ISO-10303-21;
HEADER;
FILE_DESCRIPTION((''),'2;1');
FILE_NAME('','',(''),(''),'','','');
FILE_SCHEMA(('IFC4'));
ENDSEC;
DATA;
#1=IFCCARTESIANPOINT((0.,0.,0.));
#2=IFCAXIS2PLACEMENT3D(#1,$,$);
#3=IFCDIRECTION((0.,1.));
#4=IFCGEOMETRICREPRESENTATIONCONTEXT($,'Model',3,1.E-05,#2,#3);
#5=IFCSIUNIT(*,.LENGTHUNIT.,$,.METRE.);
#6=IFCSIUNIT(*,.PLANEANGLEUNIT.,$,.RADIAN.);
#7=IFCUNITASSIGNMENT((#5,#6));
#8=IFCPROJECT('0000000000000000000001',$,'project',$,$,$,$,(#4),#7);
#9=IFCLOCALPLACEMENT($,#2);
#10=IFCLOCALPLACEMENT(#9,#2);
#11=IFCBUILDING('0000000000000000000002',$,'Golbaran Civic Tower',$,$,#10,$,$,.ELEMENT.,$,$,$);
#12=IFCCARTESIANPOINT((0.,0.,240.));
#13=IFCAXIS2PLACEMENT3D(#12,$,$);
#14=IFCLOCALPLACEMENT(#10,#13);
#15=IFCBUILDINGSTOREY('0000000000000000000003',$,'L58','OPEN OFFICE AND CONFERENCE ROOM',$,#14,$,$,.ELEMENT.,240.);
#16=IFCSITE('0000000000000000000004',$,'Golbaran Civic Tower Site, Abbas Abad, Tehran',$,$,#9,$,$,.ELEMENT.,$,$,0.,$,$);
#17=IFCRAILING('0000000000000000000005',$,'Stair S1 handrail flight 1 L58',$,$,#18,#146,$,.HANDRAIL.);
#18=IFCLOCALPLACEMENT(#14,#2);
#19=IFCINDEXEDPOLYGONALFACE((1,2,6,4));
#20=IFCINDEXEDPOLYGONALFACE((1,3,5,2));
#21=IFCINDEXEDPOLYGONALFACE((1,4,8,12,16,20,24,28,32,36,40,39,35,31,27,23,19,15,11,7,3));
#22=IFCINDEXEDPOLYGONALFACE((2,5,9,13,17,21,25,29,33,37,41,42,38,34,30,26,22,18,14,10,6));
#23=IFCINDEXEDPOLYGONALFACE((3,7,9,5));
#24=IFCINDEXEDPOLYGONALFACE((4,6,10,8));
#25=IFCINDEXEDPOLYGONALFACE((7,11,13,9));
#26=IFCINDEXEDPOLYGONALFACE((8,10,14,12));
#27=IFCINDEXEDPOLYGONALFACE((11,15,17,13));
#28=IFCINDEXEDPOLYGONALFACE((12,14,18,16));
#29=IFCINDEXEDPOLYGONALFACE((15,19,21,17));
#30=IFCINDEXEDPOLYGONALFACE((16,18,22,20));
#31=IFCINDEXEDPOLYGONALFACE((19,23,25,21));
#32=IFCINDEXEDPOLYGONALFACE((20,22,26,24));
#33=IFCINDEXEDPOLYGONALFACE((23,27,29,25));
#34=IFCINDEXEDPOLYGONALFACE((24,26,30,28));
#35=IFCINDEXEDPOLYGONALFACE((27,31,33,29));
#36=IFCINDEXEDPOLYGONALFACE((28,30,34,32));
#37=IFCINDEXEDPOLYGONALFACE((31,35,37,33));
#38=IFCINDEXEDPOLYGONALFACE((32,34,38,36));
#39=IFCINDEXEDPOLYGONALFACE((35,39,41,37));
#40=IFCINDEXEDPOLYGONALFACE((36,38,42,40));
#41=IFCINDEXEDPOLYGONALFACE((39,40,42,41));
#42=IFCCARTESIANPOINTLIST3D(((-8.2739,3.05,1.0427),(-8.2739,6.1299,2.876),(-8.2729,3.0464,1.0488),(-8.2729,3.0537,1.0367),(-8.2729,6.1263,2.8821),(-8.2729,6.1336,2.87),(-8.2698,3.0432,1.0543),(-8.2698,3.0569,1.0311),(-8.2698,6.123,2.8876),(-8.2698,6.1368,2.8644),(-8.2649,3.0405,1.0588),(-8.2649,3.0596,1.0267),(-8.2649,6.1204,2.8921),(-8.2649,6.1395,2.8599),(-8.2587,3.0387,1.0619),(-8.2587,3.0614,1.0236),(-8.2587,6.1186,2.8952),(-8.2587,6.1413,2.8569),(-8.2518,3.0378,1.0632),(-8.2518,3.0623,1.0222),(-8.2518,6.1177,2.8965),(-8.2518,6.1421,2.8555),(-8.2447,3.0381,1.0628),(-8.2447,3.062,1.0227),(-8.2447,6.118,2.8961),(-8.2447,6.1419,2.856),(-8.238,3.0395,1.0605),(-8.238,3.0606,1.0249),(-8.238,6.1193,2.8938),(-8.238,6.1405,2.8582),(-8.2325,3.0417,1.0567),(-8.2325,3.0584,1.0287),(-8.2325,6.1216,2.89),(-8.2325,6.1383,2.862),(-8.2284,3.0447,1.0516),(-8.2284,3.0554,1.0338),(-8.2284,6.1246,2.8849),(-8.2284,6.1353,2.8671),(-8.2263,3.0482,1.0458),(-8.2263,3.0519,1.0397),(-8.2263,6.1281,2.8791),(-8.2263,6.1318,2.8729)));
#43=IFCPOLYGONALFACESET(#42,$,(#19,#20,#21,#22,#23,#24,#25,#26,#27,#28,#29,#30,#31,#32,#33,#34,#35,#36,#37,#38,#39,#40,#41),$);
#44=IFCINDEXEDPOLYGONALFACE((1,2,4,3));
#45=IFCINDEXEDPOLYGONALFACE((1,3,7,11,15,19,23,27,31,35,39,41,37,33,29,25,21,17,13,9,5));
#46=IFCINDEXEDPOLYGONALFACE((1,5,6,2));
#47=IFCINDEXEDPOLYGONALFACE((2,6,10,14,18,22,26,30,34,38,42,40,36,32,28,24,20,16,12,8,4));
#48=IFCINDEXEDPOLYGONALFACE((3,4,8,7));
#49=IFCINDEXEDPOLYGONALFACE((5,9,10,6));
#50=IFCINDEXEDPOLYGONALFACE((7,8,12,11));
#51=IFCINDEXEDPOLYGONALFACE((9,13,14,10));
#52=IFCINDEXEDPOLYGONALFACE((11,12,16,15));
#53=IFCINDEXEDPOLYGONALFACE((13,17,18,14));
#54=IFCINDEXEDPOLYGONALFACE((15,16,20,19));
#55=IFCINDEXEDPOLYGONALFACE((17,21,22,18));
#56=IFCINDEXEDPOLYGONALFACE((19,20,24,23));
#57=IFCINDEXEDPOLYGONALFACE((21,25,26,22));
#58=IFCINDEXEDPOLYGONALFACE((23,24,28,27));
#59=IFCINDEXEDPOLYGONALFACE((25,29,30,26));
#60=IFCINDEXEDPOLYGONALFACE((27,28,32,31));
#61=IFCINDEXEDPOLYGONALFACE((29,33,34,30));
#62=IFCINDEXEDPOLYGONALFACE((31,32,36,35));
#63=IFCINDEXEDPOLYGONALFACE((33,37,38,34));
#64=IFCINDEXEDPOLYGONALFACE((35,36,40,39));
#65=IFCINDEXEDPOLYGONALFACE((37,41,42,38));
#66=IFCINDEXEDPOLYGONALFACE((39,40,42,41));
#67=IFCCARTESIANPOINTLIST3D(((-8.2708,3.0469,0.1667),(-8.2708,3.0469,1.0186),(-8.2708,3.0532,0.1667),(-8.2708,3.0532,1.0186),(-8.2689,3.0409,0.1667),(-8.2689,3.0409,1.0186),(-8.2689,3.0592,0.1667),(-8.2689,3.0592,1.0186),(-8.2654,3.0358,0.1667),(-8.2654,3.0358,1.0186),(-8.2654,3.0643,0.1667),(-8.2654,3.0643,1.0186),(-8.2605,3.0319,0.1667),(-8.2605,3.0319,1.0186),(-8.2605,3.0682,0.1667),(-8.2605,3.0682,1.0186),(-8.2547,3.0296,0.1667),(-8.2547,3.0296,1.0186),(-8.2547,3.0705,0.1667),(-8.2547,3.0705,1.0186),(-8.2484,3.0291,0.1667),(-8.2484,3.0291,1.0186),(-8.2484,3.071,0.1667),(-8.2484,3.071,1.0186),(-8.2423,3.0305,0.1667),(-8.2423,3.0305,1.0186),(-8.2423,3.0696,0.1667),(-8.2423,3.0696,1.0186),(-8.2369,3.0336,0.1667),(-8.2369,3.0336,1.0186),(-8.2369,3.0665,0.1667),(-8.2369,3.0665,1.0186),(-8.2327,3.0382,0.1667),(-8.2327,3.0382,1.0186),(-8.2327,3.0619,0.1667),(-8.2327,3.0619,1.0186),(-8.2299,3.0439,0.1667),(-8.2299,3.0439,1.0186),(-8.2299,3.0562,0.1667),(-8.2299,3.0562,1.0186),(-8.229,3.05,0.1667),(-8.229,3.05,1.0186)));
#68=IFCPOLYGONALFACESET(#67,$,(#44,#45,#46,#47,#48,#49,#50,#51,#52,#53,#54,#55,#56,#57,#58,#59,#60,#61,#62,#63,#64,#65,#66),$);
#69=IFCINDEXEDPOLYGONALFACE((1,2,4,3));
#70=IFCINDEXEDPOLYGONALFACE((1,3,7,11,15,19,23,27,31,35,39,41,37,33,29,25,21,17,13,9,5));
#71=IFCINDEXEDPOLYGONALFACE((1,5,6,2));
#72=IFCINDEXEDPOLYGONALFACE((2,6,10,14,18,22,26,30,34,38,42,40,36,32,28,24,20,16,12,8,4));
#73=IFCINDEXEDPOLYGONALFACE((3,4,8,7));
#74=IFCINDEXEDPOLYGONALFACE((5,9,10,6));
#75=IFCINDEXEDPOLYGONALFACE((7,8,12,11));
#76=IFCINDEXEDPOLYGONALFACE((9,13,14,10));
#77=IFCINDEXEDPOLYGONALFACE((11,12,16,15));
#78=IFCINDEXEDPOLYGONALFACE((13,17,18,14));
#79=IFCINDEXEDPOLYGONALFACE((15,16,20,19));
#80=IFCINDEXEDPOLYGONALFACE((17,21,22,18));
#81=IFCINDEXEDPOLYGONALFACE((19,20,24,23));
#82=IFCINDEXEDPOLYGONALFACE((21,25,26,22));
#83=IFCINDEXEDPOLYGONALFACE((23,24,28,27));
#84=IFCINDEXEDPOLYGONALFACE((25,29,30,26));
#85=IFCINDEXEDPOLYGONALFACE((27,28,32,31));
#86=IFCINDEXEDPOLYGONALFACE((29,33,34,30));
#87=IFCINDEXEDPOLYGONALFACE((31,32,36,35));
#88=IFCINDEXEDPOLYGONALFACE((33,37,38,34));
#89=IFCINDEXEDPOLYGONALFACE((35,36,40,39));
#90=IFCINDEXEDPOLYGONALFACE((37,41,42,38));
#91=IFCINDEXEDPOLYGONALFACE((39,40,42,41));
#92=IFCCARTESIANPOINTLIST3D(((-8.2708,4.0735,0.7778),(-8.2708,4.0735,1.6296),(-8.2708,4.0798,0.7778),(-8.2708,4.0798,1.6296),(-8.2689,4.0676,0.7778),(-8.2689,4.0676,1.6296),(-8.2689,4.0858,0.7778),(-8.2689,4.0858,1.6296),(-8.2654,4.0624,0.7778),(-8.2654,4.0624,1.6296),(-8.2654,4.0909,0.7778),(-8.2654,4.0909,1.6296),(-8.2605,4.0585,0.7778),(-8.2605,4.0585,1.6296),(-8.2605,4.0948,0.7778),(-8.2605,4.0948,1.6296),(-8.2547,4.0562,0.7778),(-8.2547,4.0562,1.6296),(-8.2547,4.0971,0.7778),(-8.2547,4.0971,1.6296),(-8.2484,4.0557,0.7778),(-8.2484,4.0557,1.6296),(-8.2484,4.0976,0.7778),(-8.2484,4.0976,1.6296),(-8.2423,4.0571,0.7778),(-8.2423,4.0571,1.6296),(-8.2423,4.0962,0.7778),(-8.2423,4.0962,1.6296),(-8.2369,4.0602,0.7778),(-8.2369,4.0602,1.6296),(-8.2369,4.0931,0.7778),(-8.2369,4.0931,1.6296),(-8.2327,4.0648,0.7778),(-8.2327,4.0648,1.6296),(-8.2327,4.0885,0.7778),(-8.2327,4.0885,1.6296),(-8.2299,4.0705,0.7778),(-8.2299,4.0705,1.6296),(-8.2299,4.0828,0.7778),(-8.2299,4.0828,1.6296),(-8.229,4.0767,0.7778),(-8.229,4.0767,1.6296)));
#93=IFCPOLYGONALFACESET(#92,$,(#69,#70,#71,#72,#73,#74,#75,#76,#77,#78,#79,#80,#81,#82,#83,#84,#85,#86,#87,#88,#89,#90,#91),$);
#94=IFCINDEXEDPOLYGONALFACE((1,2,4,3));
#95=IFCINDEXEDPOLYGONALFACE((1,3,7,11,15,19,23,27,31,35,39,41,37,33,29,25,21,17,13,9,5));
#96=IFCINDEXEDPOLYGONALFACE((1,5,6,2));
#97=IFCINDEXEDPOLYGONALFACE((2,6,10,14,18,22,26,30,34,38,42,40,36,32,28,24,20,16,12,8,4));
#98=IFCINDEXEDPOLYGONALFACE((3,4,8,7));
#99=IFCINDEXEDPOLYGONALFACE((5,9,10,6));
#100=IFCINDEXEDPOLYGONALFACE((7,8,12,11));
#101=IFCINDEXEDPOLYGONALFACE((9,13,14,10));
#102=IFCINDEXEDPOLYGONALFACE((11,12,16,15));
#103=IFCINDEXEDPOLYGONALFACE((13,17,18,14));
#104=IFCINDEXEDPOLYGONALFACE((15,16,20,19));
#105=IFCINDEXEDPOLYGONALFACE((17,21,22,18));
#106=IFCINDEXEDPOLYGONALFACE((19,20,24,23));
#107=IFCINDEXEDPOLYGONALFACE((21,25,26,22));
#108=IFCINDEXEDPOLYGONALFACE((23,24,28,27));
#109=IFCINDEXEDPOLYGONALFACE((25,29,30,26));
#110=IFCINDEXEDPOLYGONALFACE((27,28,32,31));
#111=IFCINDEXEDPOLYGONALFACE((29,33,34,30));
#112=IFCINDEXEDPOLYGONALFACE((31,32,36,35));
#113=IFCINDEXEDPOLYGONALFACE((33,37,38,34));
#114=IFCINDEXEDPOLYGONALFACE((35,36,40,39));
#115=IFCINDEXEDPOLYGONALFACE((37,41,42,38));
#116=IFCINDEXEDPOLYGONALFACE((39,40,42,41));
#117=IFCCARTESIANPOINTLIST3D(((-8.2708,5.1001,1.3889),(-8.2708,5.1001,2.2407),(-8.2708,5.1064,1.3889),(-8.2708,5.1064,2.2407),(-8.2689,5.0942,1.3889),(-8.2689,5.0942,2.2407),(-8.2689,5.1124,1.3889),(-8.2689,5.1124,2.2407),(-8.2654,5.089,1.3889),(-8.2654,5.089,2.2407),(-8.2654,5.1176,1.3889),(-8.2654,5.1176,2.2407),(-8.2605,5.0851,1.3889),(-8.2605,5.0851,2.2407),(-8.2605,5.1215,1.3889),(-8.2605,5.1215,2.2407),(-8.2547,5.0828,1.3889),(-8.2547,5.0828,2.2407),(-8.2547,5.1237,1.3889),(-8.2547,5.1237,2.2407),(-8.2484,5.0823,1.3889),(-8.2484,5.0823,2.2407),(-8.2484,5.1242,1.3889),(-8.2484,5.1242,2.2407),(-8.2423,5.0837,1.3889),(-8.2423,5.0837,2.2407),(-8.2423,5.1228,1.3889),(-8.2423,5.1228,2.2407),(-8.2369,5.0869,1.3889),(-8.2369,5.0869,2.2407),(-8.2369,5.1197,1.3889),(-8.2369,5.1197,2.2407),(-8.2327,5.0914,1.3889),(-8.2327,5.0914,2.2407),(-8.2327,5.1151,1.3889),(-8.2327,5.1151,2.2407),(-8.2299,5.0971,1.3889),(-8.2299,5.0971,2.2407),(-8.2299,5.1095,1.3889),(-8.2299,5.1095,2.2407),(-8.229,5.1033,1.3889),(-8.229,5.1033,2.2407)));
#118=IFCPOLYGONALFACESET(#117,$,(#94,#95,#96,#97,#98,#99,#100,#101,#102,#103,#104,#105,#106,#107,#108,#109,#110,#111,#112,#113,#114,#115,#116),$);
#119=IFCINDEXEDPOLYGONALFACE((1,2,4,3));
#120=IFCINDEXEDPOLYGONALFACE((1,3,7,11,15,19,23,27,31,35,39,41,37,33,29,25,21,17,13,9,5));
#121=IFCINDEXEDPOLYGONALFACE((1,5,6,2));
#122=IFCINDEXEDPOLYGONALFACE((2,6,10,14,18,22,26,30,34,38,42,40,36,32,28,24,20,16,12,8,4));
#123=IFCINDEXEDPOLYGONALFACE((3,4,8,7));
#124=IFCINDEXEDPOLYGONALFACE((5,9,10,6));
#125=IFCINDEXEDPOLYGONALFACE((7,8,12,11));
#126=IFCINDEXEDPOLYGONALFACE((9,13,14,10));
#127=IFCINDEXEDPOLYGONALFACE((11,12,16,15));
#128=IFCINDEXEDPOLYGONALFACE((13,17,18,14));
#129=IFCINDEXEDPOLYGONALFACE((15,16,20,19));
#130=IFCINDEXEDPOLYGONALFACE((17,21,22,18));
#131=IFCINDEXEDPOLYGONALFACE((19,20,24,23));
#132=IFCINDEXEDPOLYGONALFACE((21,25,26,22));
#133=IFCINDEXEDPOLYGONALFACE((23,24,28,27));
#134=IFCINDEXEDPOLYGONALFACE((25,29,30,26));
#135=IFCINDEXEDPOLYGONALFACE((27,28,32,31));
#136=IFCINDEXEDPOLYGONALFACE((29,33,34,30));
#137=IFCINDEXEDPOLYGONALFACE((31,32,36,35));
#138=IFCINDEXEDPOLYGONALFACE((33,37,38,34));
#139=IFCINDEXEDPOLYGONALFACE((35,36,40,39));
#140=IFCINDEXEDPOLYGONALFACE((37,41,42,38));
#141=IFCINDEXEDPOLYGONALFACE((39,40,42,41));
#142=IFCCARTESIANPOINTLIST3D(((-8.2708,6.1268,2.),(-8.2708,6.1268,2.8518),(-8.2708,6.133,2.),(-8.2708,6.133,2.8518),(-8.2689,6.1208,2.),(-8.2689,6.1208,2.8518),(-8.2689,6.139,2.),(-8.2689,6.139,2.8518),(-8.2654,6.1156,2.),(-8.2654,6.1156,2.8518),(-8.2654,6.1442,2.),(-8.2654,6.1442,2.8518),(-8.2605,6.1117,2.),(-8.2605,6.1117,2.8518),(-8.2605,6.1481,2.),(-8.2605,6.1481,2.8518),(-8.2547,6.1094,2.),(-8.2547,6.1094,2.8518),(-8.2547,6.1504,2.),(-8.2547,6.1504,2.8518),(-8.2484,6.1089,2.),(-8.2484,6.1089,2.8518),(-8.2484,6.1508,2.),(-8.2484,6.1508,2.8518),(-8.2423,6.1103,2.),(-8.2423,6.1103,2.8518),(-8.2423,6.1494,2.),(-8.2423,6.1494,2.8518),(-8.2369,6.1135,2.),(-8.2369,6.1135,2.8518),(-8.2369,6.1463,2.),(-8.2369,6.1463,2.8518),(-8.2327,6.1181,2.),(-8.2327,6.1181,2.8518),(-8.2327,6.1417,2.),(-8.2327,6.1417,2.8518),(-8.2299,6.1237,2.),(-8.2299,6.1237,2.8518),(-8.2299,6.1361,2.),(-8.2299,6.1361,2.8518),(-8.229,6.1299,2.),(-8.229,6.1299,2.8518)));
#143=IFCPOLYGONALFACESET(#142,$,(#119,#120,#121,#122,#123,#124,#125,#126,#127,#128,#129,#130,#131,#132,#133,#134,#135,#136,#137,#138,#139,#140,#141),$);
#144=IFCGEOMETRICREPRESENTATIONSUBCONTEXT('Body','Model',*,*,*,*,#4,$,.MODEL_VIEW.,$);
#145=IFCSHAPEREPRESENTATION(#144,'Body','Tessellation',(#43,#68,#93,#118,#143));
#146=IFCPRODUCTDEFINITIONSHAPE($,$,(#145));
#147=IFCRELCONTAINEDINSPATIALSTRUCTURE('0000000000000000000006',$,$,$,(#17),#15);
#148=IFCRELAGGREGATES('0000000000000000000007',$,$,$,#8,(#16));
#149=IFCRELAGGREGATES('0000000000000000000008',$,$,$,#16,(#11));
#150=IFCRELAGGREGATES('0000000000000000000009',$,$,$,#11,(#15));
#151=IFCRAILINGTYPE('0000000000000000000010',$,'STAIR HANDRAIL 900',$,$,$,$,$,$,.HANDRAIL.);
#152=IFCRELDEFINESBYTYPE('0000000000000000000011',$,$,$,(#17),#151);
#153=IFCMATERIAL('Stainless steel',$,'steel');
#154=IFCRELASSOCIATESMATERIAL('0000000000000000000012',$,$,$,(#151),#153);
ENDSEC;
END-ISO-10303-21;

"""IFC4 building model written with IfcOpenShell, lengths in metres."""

from ifc_helpers import new_model, si_unit, direction, frame, origin, origin_2d, place, context, subcontext, project, spatial, circle, extrude, material, type_object, element, save


model = new_model("IFC4")

# Units and contexts
model_context = context("Model", 3, precision=1e-05, world=origin(), true_north=direction((0.0, 1.0)))
body_context = subcontext(model_context, "Body", "Model", "MODEL_VIEW")
ifc_project = project(units=[si_unit("LENGTHUNIT", "METRE"), si_unit("PLANEANGLEUNIT", "RADIAN")], contexts=[model_context])

# Site, building, storey
site_placement = place(None, origin())
site = spatial("IfcSite", under=ifc_project, at=site_placement, Name="Golbaran Civic Tower Site, Abbas Abad, Tehran", CompositionType="ELEMENT", RefElevation=0.0)
building_placement = place(site_placement, origin())
building = spatial("IfcBuilding", under=site, at=building_placement, Name="Golbaran Civic Tower", CompositionType="ELEMENT")
storey_placement = place(building_placement, frame((0.0, 0.0, 240.0)))
storey = spatial("IfcBuildingStorey", under=building, at=storey_placement, Name="L58", Description="OPEN OFFICE AND CONFERENCE ROOM", CompositionType="ELEMENT", Elevation=240.0)

# Shared definitions
ifc_material_1 = material(Name="Stainless steel", Category="steel")

# Railing
railing_type = type_object("IfcRailingType", Name="STAIR HANDRAIL 900", PredefinedType="HANDRAIL", material=ifc_material_1)
railing_1_placement = place(storey_placement, frame((-8.25, 3.05, 0.1667)))
element("IfcRailing", 1, at=railing_1_placement, inside=storey, type_object=railing_type, Name="Stair S1 handrail flight 1 L58", PredefinedType="HANDRAIL", context=body_context, shape_type="SweptSolid", body=[
    extrude(circle(Radius=0.0239, at=origin_2d()), frame((0.0, 0.0, 0.876), z_axis=(0.0, 0.859291, 0.511487), x_axis=(-1.0, 0.0, 0.0)), (0.0, 0.0, 1.0), 3.5842),
    extrude(circle(Radius=0.021, at=origin_2d()), origin(), (0.0, 0.0, 1.0), 0.8518),
    extrude(circle(Radius=0.021, at=origin_2d()), frame((0.0, 1.0266, 0.6111)), (0.0, 0.0, 1.0), 0.8518),
    extrude(circle(Radius=0.021, at=origin_2d()), frame((0.0, 2.0532, 1.2222)), (0.0, 0.0, 1.0), 0.8518),
    extrude(circle(Radius=0.021, at=origin_2d()), frame((0.0, 3.0798, 1.8333)), (0.0, 0.0, 1.0), 0.8518),
])

save(model, "model.ifc")
